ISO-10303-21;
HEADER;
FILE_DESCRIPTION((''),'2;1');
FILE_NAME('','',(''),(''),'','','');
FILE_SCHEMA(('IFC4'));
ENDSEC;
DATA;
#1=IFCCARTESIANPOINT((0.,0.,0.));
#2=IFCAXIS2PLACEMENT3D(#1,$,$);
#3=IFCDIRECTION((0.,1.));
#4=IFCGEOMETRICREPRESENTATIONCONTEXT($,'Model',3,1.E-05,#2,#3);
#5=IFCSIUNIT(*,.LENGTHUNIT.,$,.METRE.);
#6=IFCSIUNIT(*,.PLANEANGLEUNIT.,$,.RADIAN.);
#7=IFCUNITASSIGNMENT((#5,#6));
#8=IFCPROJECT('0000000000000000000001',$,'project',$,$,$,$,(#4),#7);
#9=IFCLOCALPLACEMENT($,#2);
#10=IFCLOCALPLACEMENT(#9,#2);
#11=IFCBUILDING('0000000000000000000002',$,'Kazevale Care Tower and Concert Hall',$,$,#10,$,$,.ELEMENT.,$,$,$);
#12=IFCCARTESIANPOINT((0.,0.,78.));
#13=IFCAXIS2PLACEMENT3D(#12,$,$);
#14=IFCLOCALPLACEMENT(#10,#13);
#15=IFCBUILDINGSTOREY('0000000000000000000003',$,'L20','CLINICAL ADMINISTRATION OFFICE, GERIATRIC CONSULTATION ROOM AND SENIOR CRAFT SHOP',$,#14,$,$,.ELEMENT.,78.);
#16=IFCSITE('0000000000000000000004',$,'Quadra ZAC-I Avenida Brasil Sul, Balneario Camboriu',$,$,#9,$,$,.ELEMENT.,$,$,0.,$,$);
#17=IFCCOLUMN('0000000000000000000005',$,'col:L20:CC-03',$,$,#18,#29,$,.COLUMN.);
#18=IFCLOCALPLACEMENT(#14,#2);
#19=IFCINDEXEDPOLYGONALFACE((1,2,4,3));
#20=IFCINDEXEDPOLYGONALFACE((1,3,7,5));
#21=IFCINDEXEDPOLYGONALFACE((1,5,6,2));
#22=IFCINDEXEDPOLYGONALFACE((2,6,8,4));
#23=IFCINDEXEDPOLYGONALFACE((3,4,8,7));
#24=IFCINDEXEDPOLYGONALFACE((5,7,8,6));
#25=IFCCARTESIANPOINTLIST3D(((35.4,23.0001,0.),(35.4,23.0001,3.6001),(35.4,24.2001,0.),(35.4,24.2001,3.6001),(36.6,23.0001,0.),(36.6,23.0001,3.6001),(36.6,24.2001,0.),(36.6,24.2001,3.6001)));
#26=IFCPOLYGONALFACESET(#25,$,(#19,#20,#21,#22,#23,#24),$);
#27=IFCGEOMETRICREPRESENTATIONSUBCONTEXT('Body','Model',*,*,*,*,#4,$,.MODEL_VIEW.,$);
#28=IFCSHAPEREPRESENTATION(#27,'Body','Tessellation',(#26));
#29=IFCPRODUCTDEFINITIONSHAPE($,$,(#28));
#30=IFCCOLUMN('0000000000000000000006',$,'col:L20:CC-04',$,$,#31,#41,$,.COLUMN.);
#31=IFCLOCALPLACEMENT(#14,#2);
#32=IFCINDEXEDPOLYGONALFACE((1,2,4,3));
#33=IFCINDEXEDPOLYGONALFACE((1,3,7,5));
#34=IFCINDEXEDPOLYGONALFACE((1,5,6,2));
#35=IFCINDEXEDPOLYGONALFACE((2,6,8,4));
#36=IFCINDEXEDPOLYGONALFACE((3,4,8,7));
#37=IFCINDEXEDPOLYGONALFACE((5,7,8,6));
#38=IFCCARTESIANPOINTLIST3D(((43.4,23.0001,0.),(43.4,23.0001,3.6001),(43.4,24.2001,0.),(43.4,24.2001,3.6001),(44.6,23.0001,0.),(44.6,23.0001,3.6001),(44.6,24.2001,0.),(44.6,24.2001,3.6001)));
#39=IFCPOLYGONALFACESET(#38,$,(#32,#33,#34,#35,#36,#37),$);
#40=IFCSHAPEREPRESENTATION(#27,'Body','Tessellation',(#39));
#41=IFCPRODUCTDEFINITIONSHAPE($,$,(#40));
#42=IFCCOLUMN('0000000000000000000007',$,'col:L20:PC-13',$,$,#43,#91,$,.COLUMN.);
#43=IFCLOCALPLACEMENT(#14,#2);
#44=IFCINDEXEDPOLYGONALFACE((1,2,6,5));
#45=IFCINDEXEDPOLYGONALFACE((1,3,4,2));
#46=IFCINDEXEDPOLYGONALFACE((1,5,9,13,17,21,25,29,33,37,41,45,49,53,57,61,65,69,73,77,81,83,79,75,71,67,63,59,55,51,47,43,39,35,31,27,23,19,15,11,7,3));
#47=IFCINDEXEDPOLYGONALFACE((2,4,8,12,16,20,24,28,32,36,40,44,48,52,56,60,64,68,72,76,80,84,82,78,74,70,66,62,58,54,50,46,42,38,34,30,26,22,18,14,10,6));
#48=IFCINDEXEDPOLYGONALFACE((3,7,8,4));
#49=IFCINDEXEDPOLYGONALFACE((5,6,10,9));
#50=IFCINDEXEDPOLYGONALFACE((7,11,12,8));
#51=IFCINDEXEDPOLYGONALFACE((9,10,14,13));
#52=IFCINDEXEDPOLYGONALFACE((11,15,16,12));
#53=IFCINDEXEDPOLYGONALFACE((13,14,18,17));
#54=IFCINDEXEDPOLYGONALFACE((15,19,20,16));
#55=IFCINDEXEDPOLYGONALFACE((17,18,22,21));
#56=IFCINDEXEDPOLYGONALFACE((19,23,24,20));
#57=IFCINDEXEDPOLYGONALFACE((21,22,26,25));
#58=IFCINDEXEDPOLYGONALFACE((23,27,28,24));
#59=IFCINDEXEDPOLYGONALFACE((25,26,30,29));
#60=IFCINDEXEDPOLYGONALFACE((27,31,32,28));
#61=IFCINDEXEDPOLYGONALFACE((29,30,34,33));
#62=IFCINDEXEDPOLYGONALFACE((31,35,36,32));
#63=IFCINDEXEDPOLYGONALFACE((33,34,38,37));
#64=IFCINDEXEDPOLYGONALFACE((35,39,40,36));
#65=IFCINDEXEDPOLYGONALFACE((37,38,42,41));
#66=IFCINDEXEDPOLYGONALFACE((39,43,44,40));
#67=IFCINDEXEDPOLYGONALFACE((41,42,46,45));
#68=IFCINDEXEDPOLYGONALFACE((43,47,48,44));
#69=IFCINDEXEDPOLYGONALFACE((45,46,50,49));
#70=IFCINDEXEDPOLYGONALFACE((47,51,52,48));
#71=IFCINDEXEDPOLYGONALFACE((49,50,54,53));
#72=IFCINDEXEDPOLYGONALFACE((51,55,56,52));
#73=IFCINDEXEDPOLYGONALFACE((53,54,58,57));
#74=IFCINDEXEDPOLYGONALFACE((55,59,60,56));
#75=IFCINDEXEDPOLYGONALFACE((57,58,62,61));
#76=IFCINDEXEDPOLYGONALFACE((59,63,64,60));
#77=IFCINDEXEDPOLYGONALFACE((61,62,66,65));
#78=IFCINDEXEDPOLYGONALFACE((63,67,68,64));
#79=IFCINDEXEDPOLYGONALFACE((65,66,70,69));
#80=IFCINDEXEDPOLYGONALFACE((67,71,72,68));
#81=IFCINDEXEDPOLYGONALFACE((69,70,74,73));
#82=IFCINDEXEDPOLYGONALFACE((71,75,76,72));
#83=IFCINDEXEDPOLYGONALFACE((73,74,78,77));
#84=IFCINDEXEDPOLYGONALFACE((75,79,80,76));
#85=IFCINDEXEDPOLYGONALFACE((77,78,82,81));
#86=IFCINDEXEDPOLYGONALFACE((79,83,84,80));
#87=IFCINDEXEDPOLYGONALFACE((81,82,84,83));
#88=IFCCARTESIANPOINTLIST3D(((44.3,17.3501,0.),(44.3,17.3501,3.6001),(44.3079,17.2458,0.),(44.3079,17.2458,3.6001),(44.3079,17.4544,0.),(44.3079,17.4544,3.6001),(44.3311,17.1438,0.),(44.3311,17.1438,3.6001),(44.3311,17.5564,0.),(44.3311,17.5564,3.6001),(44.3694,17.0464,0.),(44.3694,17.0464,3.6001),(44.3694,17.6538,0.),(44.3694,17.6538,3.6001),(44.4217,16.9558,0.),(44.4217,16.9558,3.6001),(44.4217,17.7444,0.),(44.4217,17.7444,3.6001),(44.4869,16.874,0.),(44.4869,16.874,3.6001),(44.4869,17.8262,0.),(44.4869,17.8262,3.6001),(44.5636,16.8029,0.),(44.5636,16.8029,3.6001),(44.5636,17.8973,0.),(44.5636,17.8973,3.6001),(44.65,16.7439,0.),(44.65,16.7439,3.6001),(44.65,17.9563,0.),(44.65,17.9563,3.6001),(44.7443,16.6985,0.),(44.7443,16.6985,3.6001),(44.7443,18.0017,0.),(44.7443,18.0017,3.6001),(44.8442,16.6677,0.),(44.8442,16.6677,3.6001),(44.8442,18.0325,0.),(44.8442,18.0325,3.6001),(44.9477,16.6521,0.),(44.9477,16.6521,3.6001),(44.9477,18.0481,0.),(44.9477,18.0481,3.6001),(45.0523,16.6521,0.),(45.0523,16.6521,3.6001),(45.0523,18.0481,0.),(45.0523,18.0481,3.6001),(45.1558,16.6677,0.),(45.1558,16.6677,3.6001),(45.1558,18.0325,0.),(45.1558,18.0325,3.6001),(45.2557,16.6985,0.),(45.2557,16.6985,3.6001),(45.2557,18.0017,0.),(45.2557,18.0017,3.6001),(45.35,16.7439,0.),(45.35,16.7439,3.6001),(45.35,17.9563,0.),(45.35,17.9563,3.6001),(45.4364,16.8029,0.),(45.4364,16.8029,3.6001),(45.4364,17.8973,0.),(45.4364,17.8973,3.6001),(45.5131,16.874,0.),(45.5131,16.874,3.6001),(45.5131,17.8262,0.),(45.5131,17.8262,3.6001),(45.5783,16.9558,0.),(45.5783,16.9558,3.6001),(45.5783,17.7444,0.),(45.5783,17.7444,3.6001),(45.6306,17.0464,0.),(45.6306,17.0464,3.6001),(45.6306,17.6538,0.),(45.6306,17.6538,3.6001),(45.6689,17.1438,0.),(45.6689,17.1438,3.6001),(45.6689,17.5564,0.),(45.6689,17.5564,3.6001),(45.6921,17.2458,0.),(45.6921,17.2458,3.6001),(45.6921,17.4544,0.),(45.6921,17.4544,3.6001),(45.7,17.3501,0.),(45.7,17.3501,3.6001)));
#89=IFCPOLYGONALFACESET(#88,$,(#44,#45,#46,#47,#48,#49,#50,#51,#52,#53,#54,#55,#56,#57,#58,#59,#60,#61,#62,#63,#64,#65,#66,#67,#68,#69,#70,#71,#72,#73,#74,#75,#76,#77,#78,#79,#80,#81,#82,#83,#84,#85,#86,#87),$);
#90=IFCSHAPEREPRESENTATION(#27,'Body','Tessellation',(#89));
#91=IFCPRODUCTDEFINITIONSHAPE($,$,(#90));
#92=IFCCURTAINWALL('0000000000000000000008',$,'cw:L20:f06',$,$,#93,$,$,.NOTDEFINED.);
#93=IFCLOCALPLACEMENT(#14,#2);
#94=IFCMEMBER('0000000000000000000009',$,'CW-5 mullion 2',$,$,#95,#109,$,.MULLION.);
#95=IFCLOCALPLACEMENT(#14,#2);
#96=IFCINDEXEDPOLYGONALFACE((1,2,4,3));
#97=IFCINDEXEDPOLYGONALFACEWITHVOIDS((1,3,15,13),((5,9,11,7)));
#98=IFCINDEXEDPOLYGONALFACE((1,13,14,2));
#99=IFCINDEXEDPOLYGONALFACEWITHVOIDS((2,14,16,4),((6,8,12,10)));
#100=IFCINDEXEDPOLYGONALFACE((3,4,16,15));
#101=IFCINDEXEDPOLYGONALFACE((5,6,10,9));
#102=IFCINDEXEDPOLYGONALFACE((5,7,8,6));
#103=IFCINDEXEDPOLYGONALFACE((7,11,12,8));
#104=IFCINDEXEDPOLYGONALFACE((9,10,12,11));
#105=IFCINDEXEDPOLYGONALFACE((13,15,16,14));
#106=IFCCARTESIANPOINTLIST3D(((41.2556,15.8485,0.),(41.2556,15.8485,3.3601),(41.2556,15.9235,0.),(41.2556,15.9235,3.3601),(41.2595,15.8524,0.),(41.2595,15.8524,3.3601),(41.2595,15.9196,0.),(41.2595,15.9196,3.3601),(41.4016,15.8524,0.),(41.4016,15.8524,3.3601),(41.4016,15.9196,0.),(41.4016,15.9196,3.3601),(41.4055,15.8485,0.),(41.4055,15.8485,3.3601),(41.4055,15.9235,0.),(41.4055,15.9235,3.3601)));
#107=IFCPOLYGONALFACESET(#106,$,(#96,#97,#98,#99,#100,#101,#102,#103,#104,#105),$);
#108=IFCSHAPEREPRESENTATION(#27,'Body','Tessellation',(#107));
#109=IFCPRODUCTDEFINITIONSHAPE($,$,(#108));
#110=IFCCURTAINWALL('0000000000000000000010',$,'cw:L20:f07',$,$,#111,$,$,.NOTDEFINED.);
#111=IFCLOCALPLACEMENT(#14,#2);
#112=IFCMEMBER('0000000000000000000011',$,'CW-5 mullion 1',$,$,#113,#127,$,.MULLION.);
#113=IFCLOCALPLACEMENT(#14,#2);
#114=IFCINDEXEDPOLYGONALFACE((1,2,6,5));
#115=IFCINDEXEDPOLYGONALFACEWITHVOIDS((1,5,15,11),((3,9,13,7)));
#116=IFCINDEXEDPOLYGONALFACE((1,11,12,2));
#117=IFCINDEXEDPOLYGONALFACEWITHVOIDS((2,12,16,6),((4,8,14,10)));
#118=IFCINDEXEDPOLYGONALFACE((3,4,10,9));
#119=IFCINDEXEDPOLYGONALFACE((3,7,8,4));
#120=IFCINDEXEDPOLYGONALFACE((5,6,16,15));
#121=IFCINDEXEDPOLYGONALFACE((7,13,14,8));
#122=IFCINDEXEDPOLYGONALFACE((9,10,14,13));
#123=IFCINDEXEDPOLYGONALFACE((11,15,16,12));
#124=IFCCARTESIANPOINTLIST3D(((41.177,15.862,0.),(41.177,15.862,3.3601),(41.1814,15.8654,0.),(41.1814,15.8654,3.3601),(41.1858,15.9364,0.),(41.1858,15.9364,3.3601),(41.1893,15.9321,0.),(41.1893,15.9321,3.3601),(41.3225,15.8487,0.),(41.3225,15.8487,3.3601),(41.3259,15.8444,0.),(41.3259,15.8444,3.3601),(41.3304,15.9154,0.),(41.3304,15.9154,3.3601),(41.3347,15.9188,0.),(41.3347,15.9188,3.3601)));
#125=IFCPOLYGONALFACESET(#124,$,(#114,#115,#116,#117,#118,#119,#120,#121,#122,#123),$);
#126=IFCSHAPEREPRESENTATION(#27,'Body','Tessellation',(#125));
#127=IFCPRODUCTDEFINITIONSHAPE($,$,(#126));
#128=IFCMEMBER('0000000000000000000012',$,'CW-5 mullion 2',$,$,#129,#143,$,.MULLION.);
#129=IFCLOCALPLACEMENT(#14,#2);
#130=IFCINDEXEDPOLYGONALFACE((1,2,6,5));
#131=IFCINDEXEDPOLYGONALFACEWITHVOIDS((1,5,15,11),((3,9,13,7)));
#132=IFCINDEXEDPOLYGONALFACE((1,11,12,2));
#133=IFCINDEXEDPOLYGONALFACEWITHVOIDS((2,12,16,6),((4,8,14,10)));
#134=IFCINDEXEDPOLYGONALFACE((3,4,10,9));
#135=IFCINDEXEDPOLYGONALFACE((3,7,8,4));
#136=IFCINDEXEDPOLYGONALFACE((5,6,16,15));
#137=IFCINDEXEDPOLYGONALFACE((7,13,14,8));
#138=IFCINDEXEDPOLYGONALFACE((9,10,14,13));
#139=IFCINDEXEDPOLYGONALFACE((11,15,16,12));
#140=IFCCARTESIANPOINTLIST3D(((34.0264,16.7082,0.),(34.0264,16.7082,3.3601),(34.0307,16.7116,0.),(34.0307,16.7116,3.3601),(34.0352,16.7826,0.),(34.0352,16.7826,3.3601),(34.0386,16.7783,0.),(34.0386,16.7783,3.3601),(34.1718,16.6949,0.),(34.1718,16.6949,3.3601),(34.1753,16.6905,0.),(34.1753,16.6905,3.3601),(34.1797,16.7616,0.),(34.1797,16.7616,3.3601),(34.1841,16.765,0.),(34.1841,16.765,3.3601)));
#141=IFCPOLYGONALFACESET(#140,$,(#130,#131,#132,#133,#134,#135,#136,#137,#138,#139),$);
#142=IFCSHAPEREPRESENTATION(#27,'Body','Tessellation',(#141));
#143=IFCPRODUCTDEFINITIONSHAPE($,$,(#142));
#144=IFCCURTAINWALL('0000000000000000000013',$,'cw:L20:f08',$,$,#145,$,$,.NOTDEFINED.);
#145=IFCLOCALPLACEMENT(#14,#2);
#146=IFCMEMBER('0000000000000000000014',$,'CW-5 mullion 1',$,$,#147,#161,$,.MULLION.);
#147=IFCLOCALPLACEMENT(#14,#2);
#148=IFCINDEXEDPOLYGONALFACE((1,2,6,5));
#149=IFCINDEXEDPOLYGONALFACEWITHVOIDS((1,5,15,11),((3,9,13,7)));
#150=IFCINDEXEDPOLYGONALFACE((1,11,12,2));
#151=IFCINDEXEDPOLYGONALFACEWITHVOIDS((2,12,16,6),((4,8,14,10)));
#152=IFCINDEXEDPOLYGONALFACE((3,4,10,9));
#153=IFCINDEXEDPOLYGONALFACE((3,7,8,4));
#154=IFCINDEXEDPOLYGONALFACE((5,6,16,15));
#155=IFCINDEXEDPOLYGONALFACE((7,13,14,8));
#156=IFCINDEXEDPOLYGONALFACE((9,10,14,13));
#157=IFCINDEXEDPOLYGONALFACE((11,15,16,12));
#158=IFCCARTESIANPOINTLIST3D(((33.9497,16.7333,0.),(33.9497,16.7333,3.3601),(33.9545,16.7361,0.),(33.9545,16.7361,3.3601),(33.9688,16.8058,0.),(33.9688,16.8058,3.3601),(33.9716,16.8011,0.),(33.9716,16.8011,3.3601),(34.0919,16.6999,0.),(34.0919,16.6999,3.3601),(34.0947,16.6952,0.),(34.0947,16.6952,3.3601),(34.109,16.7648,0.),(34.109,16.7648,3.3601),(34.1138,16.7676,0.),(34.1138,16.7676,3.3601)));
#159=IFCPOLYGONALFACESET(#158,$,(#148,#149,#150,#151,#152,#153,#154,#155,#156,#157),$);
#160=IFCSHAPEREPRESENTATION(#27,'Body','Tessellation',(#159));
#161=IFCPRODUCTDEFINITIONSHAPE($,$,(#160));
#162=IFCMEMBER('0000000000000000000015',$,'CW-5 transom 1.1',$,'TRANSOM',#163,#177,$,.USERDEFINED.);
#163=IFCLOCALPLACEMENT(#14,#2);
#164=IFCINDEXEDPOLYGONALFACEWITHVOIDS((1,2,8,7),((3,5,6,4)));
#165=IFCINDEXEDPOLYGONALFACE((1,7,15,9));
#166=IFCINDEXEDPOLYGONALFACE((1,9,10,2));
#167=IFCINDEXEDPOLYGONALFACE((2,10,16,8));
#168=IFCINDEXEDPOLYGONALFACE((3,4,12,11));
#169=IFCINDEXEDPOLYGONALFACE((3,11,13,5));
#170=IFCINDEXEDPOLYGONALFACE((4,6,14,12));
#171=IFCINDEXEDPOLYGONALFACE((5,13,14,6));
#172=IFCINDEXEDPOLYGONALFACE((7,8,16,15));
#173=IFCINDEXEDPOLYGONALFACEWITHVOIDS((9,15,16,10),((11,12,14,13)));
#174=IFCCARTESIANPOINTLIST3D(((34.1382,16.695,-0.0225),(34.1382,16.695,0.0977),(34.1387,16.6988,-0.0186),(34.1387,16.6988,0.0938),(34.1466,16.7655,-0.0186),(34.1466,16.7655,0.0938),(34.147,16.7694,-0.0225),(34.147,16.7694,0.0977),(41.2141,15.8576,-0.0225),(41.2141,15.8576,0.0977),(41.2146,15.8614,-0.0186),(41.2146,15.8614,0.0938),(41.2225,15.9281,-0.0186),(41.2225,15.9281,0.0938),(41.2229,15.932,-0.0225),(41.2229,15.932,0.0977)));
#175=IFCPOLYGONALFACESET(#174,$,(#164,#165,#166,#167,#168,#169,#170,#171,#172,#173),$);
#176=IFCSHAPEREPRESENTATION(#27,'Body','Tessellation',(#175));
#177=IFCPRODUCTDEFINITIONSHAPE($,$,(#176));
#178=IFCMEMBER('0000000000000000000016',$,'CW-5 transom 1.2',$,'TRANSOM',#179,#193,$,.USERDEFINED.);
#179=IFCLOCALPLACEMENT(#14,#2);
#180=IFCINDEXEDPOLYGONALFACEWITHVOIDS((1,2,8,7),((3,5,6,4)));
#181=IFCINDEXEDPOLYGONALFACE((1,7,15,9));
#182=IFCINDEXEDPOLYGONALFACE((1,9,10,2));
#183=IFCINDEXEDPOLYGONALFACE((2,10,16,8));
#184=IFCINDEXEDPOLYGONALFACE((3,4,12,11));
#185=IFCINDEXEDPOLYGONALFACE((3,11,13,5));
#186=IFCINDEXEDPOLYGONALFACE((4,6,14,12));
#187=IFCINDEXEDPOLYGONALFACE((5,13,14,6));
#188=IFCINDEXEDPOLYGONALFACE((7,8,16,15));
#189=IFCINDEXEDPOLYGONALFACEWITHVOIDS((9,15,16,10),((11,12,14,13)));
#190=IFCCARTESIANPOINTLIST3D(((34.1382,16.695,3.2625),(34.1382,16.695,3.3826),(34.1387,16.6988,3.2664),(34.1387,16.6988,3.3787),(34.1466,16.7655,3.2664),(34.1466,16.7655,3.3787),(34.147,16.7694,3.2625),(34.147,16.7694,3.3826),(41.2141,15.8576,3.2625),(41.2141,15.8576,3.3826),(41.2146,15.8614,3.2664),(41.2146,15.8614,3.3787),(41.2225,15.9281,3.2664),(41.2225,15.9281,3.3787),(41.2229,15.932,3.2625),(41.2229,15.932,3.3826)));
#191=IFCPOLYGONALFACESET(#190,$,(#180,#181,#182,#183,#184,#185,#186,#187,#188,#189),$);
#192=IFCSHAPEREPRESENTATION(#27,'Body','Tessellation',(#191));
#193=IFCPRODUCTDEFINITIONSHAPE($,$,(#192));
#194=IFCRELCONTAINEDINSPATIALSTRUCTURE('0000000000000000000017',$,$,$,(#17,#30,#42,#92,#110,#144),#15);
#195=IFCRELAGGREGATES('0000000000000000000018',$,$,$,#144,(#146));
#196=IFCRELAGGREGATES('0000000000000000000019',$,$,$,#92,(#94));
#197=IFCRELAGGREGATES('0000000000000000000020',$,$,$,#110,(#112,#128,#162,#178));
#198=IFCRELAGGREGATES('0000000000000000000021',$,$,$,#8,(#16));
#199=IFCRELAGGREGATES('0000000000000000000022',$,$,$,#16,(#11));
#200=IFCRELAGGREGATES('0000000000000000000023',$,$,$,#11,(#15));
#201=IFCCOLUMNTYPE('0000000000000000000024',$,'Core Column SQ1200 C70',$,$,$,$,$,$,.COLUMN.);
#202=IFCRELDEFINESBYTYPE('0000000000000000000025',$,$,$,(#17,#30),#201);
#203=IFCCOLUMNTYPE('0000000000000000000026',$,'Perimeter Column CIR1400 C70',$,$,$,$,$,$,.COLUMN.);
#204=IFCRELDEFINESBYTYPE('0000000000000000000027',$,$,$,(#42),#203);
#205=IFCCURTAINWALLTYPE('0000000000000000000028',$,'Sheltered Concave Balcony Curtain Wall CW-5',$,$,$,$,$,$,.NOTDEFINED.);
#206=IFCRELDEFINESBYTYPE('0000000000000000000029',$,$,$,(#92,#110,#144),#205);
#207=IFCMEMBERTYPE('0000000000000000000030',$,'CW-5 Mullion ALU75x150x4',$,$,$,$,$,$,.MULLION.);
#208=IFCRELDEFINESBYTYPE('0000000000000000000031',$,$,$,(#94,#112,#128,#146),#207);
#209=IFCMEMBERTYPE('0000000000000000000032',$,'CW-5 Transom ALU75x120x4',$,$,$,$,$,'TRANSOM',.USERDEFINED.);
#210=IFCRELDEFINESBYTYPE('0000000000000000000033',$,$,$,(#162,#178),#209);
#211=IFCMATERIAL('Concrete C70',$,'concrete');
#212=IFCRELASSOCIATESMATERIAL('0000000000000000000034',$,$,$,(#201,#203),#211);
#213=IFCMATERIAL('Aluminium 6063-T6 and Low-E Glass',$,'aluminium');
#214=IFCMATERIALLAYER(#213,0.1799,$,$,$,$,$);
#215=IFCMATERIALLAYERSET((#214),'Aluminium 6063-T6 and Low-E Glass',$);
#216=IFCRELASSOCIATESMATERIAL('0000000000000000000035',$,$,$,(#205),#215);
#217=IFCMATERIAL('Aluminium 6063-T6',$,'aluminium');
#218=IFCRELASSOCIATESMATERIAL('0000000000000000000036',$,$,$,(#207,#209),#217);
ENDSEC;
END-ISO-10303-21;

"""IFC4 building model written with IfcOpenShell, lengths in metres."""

from ifc_helpers import new_model, si_unit, direction, frame, origin, origin_2d, place, context, subcontext, project, spatial, rectangle, hollow_rectangle, circle, extrude, material, layer, layer_set, material_profile, profile_set, type_object, element, aggregate, save


model = new_model("IFC4")

# Units and contexts
model_context = context("Model", 3, precision=1e-05, world=origin(), true_north=direction((0.0, 1.0)))
body_context = subcontext(model_context, "Body", "Model", "MODEL_VIEW")
ifc_project = project(units=[si_unit("LENGTHUNIT", "METRE"), si_unit("PLANEANGLEUNIT", "RADIAN")], contexts=[model_context])

# Site, building, storey
site_placement = place(None, origin())
site = spatial("IfcSite", under=ifc_project, at=site_placement, Name="Quadra ZAC-I Avenida Brasil Sul, Balneario Camboriu", CompositionType="ELEMENT", RefElevation=0.0)
building_placement = place(site_placement, origin())
building = spatial("IfcBuilding", under=site, at=building_placement, Name="Kazevale Care Tower and Concert Hall", CompositionType="ELEMENT")
storey_placement = place(building_placement, frame((0.0, 0.0, 78.0)))
storey = spatial("IfcBuildingStorey", under=building, at=storey_placement, Name="L20", Description="CLINICAL ADMINISTRATION OFFICE, GERIATRIC CONSULTATION ROOM AND SENIOR CRAFT SHOP", CompositionType="ELEMENT", Elevation=78.0)

# Columns
ifc_material_1 = material(Name="Concrete C70", Category="concrete")
ifc_material_profile_1 = material_profile(ifc_material_1, rectangle(XDim=1.2, YDim=1.2, at=origin_2d()), Name="RC-SQ1200")
ifc_profile_set_1 = profile_set([ifc_material_profile_1], Name="Concrete C70")
column_type_1 = type_object("IfcColumnType", Name="Core Column SQ1200 C70", PredefinedType="COLUMN", material=ifc_profile_set_1)
for number, where, z_axis, x_axis, name in (
    (1, (36.0, 23.6001, 0.0), (0.0, 0.0, 1.0), (1.0, 0.0, 0.0), "col:L20:CC-03"),
    (2, (44.0, 23.6001, 0.0), (0.0, 0.0, 1.0), (1.0, 0.0, 0.0), "col:L20:CC-04"),
):
    element("IfcColumn", number, at=place(storey_placement, frame(where, z_axis=z_axis, x_axis=x_axis)), inside=storey, type_object=column_type_1, Name=name, PredefinedType="COLUMN", context=body_context, shape_type="SweptSolid", body=[
        extrude(rectangle(XDim=1.2, YDim=1.2, at=origin_2d()), origin(), (0.0, 0.0, 1.0), 3.6001),
    ])
ifc_material_profile_2 = material_profile(ifc_material_1, circle(Radius=0.7, at=origin_2d()), Name="RC-CIR1400")
ifc_profile_set_2 = profile_set([ifc_material_profile_2], Name="Concrete C70")
column_type_2 = type_object("IfcColumnType", Name="Perimeter Column CIR1400 C70", PredefinedType="COLUMN", material=ifc_profile_set_2)
column_placement = place(storey_placement, frame((45.0, 17.3501, 0.0), z_axis=(0.0, 0.0, 1.0), x_axis=(1.0, 0.0, 0.0)))
element("IfcColumn", 3, at=column_placement, inside=storey, type_object=column_type_2, Name="col:L20:PC-13", PredefinedType="COLUMN", context=body_context, shape_type="SweptSolid", body=[
    extrude(circle(Radius=0.7, at=origin_2d()), origin(), (0.0, 0.0, 1.0), 3.6001),
])

# Curtain wall, member
ifc_material_2 = material(Name="Aluminium 6063-T6 and Low-E Glass", Category="aluminium")
ifc_layer_1 = layer(ifc_material_2, 0.1799)
ifc_layer_set_1 = layer_set([ifc_layer_1], Name="Aluminium 6063-T6 and Low-E Glass")
curtain_wall_type = type_object("IfcCurtainWallType", Name="Sheltered Concave Balcony Curtain Wall CW-5", PredefinedType="NOTDEFINED", material=ifc_layer_set_1)
curtain_wall_1_placement = place(storey_placement, origin())
curtain_wall_1 = element("IfcCurtainWall", 4, at=curtain_wall_1_placement, inside=storey, type_object=curtain_wall_type, Name="cw:L20:f06", PredefinedType="NOTDEFINED")
ifc_material_3 = material(Name="Aluminium 6063-T6", Category="aluminium")
ifc_material_profile_3 = material_profile(ifc_material_3, hollow_rectangle(XDim=0.075, YDim=0.1499, WallThickness=0.0039, at=origin_2d()), Name="ALU75x150x4")
ifc_profile_set_3 = profile_set([ifc_material_profile_3], Name="Aluminium 6063-T6")
member_type_1 = type_object("IfcMemberType", Name="CW-5 Mullion ALU75x150x4", PredefinedType="MULLION", material=ifc_profile_set_3)
member_1_placement = place(storey_placement, frame((41.3306, 15.886, 0.0), z_axis=(0.0, 0.0, 1.0), x_axis=(0.0, -1.0, 0.0)))
member_1 = element("IfcMember", 5, at=member_1_placement, type_object=member_type_1, Name="CW-5 mullion 2", PredefinedType="MULLION", context=body_context, shape_type="SweptSolid", body=[
    extrude(hollow_rectangle(XDim=0.075, YDim=0.1499, WallThickness=0.0039, at=origin_2d()), origin(), (0.0, 0.0, 1.0), 3.3601),
])

# Curtain wall, members
curtain_wall_2_placement = place(storey_placement, origin())
curtain_wall_2 = element("IfcCurtainWall", 6, at=curtain_wall_2_placement, inside=storey, type_object=curtain_wall_type, Name="cw:L20:f07", PredefinedType="NOTDEFINED")
member_2_placement = place(storey_placement, frame((41.2559, 15.8904, 0.0), z_axis=(0.0, 0.0, 1.0), x_axis=(-0.117519, -0.993071, 0.0)))
member_2 = element("IfcMember", 7, at=member_2_placement, type_object=member_type_1, Name="CW-5 mullion 1", PredefinedType="MULLION", context=body_context, shape_type="SweptSolid", body=[
    extrude(hollow_rectangle(XDim=0.075, YDim=0.1499, WallThickness=0.0039, at=origin_2d()), origin(), (0.0, 0.0, 1.0), 3.3601),
])
member_3_placement = place(storey_placement, frame((34.1052, 16.7366, 0.0), z_axis=(0.0, 0.0, 1.0), x_axis=(-0.117519, -0.993071, 0.0)))
member_3 = element("IfcMember", 8, at=member_3_placement, type_object=member_type_1, Name="CW-5 mullion 2", PredefinedType="MULLION", context=body_context, shape_type="SweptSolid", body=[
    extrude(hollow_rectangle(XDim=0.075, YDim=0.1499, WallThickness=0.0039, at=origin_2d()), origin(), (0.0, 0.0, 1.0), 3.3601),
])

# Curtain wall, member
curtain_wall_3_placement = place(storey_placement, origin())
curtain_wall_3 = element("IfcCurtainWall", 9, at=curtain_wall_3_placement, inside=storey, type_object=curtain_wall_type, Name="cw:L20:f08", PredefinedType="NOTDEFINED")
member_4_placement = place(storey_placement, frame((34.0317, 16.7505, 0.0), z_axis=(0.0, 0.0, 1.0), x_axis=(-0.254829, -0.966986, 0.0)))
member_4 = element("IfcMember", 10, at=member_4_placement, type_object=member_type_1, Name="CW-5 mullion 1", PredefinedType="MULLION", context=body_context, shape_type="SweptSolid", body=[
    extrude(hollow_rectangle(XDim=0.075, YDim=0.1499, WallThickness=0.0039, at=origin_2d()), origin(), (0.0, 0.0, 1.0), 3.3601),
])

# Members
ifc_material_profile_4 = material_profile(ifc_material_3, hollow_rectangle(XDim=0.075, YDim=0.1201, WallThickness=0.0039, at=origin_2d()), Name="ALU75x120x4")
ifc_profile_set_4 = profile_set([ifc_material_profile_4], Name="Aluminium 6063-T6")
member_type_2 = type_object("IfcMemberType", Name="CW-5 Transom ALU75x120x4", ElementType="TRANSOM", PredefinedType="USERDEFINED", material=ifc_profile_set_4)
member_5_placement = place(storey_placement, frame((41.2185, 15.8948, 0.0376), z_axis=(-0.99307, 0.117525, 0.0), x_axis=(-0.117525, -0.99307, 0.0)))
member_5 = element("IfcMember", 11, at=member_5_placement, type_object=member_type_2, Name="CW-5 transom 1.1", ObjectType="TRANSOM", PredefinedType="USERDEFINED", context=body_context, shape_type="SweptSolid", body=[
    extrude(hollow_rectangle(XDim=0.075, YDim=0.1201, WallThickness=0.0039, at=origin_2d()), origin(), (0.0, 0.0, 1.0), 7.1252),
])
member_6_placement = place(storey_placement, frame((41.2185, 15.8948, 3.3225), z_axis=(-0.99307, 0.117525, 0.0), x_axis=(-0.117525, -0.99307, 0.0)))
member_6 = element("IfcMember", 12, at=member_6_placement, type_object=member_type_2, Name="CW-5 transom 1.2", ObjectType="TRANSOM", PredefinedType="USERDEFINED", context=body_context, shape_type="SweptSolid", body=[
    extrude(hollow_rectangle(XDim=0.075, YDim=0.1201, WallThickness=0.0039, at=origin_2d()), origin(), (0.0, 0.0, 1.0), 7.1252),
])
aggregate(curtain_wall_3, [member_4])

aggregate(curtain_wall_1, [member_1])
aggregate(curtain_wall_2, [member_2, member_3, member_5, member_6])

save(model, "model.ifc")
